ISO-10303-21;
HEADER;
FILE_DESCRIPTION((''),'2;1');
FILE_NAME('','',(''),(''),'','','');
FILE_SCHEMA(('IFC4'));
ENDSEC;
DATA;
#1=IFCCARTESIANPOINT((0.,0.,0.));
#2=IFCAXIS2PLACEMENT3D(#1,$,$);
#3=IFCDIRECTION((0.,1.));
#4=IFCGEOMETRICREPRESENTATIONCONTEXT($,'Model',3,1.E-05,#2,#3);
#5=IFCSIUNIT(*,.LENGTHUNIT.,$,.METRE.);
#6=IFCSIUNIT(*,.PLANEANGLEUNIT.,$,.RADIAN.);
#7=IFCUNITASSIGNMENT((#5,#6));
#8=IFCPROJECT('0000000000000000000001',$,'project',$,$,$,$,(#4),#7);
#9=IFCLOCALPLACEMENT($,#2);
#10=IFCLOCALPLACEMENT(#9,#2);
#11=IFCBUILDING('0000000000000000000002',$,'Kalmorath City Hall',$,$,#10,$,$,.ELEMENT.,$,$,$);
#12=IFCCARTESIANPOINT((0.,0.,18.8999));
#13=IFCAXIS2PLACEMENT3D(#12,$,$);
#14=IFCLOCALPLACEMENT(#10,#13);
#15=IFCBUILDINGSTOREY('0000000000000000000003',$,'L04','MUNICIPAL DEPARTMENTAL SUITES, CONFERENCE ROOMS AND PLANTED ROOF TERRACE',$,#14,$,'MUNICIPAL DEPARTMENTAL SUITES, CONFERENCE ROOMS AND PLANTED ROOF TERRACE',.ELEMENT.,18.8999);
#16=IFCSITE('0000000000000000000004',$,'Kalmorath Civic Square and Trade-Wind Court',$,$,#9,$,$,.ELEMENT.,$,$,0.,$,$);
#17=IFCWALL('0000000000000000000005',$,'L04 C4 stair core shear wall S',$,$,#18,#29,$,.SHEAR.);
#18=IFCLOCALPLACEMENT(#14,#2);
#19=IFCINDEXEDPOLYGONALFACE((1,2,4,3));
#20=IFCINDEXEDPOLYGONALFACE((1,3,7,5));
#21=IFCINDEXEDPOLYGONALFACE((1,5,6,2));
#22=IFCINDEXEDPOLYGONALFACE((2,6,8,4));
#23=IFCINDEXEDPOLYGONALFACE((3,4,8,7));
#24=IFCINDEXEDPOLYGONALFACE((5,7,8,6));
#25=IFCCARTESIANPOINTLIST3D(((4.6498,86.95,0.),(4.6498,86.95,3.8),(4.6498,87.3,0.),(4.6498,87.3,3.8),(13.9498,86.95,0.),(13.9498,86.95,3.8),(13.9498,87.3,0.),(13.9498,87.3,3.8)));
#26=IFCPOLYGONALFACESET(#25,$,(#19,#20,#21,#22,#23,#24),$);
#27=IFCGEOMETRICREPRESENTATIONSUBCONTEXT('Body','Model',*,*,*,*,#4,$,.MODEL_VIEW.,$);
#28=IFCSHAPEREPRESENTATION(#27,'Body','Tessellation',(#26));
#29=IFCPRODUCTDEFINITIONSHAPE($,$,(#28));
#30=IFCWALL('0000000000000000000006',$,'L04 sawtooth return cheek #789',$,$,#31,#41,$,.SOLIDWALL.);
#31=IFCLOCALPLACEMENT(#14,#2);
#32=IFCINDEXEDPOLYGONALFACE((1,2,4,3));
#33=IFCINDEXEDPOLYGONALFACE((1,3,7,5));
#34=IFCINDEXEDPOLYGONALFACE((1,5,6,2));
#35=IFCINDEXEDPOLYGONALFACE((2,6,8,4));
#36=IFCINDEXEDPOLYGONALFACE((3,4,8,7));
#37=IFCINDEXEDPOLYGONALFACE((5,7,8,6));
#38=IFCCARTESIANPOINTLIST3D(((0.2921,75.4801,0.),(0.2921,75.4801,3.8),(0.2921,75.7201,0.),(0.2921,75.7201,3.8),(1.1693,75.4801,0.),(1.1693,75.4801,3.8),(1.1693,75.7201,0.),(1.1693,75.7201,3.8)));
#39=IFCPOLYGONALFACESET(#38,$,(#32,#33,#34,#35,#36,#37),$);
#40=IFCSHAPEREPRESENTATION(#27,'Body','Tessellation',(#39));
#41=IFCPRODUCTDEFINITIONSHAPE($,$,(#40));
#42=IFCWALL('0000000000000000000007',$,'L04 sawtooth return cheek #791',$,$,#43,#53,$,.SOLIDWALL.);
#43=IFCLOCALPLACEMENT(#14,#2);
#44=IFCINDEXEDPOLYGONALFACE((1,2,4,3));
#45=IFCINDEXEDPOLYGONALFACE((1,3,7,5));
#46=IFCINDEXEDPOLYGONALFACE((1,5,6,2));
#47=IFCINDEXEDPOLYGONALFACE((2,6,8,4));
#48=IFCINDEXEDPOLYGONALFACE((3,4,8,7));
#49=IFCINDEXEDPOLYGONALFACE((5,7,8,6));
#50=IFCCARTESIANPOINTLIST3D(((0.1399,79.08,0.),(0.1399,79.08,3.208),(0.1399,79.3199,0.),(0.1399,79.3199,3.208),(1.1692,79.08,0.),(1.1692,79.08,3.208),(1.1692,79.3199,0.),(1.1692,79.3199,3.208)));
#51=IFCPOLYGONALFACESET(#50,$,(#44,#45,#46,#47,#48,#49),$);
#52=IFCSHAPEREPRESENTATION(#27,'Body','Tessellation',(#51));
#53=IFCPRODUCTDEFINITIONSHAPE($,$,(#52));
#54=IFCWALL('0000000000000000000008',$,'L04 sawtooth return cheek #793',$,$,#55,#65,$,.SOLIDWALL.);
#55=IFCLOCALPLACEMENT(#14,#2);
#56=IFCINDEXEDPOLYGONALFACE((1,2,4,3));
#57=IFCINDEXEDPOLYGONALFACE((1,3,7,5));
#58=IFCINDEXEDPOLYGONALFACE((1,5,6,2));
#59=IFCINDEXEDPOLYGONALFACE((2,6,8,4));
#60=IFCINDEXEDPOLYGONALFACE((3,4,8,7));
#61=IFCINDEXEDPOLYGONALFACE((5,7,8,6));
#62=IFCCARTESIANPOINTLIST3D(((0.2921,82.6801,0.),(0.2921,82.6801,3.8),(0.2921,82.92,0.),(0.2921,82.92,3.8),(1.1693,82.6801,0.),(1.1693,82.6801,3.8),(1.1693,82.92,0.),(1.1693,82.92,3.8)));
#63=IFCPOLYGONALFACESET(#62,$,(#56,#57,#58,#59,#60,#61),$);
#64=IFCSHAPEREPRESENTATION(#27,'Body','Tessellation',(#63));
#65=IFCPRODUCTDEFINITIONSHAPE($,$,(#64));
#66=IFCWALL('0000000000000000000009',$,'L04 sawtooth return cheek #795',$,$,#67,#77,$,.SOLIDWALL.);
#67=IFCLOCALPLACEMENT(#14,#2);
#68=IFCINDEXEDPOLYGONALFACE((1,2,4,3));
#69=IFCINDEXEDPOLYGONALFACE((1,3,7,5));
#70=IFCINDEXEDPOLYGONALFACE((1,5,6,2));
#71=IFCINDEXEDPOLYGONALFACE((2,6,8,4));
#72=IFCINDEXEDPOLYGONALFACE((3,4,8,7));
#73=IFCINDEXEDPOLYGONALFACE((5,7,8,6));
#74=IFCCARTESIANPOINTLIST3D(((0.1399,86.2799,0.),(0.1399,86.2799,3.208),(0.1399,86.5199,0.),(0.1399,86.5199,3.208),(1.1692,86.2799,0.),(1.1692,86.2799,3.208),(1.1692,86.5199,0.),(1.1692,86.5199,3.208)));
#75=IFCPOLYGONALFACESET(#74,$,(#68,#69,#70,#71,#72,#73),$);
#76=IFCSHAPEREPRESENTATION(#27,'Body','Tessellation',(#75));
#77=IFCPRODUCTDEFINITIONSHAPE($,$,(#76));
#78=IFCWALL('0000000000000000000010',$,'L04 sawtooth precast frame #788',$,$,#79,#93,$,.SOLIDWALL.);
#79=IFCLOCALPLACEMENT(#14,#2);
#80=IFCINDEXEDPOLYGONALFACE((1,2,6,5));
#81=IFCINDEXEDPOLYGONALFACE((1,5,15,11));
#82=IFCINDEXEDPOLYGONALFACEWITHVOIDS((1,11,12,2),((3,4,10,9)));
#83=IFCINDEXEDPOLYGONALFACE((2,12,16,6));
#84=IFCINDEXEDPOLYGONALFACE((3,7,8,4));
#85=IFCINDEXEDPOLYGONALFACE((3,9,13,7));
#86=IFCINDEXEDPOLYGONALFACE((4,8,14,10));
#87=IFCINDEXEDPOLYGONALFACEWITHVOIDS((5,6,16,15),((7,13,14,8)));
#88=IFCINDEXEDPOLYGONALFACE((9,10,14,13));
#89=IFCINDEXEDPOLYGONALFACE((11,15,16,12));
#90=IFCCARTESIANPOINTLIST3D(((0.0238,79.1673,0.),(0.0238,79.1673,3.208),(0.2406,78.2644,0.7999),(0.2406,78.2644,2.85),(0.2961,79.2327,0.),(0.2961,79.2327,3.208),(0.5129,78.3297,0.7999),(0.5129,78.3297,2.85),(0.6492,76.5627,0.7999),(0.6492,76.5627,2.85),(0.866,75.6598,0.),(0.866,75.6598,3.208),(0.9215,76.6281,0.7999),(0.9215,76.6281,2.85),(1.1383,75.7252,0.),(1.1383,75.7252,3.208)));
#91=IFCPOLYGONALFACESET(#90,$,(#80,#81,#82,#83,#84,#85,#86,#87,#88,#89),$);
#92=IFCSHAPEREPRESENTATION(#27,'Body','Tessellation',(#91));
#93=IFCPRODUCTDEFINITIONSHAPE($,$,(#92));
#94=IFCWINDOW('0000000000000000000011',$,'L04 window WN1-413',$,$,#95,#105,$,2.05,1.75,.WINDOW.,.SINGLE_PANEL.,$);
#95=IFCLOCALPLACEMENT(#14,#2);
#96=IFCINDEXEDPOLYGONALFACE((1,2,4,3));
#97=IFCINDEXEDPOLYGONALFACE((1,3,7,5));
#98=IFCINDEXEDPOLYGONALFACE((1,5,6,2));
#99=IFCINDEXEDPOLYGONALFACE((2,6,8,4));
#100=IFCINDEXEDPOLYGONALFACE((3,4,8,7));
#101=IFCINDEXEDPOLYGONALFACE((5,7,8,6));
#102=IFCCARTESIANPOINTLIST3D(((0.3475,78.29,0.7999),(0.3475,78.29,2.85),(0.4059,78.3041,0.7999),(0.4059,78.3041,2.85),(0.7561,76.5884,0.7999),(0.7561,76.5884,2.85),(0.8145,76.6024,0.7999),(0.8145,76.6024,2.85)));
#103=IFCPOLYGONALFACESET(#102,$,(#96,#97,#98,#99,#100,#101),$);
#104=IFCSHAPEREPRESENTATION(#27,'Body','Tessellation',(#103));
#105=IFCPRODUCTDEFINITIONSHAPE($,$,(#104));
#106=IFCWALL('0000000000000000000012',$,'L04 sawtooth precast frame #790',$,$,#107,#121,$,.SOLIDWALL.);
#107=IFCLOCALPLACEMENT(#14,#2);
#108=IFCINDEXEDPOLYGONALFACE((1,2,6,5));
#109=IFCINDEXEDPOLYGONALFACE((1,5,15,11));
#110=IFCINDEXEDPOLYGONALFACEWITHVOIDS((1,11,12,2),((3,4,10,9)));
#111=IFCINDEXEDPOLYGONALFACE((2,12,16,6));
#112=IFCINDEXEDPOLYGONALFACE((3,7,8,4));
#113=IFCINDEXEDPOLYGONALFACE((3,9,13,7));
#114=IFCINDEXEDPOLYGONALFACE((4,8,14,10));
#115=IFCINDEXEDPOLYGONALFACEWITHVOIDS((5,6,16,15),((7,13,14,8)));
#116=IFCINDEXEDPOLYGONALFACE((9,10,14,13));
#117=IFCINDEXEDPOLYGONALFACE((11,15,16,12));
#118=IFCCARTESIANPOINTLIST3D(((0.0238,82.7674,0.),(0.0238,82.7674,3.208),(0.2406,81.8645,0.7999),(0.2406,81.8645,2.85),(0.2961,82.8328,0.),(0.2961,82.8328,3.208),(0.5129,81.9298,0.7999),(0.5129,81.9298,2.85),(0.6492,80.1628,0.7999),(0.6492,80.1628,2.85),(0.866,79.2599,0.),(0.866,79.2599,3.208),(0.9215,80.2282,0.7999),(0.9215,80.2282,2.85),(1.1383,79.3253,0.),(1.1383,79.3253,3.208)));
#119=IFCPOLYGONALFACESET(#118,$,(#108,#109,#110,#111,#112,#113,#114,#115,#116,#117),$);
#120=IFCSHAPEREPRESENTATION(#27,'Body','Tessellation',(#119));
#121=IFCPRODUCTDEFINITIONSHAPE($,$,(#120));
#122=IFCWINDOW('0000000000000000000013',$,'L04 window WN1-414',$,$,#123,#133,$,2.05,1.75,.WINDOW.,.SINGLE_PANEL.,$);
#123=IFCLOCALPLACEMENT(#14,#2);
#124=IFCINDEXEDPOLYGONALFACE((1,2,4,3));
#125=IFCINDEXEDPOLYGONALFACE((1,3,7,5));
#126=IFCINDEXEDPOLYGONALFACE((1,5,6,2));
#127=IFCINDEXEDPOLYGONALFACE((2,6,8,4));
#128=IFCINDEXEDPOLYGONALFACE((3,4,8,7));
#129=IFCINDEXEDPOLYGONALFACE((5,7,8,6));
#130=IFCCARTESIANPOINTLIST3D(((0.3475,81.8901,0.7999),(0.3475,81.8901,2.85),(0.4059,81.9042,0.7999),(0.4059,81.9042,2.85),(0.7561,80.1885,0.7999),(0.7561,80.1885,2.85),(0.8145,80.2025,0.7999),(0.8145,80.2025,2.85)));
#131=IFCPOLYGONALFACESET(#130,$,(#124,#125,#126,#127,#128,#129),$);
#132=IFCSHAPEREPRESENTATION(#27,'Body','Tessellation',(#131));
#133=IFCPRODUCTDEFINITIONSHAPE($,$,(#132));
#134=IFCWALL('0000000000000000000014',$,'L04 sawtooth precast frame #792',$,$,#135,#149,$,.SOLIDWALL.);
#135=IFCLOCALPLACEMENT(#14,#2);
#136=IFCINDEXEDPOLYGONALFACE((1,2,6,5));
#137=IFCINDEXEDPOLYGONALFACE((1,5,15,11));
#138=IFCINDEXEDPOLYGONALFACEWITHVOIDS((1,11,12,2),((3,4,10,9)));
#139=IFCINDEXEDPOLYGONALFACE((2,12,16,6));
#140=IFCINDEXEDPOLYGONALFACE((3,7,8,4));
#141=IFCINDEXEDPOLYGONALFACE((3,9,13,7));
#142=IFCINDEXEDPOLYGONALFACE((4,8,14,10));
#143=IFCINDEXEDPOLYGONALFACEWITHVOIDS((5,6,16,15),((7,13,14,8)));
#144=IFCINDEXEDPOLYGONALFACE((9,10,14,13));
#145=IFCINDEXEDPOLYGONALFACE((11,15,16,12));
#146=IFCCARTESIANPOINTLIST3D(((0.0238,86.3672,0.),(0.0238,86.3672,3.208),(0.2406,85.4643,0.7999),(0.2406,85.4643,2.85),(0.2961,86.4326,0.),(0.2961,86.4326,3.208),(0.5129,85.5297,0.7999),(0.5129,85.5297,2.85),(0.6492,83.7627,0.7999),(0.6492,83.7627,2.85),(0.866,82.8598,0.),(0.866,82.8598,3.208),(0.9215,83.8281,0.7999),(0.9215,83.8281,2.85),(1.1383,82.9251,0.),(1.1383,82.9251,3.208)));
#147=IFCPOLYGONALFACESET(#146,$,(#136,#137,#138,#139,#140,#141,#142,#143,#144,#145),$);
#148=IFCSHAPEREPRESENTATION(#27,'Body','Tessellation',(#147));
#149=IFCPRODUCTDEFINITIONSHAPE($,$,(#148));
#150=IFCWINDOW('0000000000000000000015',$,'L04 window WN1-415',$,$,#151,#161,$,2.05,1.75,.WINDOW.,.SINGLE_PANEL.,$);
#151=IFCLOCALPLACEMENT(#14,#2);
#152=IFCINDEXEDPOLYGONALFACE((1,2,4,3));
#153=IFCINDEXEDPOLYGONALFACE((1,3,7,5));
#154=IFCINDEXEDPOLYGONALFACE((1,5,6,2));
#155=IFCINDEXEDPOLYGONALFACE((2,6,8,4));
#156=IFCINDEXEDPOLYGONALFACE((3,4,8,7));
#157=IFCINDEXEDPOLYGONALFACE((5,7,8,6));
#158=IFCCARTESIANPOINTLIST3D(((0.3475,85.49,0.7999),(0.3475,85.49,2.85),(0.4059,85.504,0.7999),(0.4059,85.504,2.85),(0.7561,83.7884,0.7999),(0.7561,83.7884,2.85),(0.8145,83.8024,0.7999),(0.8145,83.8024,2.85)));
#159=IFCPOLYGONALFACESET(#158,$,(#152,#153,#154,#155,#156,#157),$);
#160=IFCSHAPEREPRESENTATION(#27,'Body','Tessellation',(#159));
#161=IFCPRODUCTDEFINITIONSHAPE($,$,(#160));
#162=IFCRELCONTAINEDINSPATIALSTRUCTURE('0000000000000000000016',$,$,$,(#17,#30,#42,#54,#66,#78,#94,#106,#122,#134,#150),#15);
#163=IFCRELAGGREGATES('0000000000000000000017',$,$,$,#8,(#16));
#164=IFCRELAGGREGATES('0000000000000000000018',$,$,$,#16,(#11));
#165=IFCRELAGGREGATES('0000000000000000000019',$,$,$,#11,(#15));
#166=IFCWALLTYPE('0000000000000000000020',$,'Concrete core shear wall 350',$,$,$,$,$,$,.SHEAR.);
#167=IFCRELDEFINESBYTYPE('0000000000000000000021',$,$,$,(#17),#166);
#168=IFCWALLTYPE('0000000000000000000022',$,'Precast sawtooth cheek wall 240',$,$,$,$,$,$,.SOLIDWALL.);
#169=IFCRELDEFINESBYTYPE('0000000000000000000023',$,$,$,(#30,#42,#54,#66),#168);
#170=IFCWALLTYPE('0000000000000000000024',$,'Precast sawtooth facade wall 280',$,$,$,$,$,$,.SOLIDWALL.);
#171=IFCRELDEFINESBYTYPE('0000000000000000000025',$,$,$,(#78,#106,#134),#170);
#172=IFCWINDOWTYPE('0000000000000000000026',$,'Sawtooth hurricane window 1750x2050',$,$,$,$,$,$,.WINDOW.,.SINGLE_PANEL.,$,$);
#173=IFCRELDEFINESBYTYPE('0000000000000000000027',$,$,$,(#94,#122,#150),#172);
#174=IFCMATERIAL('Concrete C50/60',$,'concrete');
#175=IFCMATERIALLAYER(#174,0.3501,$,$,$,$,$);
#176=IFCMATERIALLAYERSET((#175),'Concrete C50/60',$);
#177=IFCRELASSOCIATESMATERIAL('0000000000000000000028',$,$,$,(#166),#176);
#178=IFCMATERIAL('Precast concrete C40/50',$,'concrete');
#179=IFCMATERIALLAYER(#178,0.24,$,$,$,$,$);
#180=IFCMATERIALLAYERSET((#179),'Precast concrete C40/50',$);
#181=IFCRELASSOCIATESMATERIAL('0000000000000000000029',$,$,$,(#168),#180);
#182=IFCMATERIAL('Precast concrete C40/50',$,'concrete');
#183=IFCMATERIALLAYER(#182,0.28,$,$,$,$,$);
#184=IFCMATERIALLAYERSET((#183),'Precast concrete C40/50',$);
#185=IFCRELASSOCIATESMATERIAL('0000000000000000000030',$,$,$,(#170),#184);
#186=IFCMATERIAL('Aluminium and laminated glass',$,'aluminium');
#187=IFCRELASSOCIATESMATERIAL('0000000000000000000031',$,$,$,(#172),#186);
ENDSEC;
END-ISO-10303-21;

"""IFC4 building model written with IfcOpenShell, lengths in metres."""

from ifc_helpers import new_model, si_unit, direction, frame, frame_2d, origin, place, context, subcontext, project, spatial, rectangle, extrude, material, layer, layer_set, type_object, element, fill, save


model = new_model("IFC4")

# Units and contexts
model_context = context("Model", 3, precision=1e-05, world=origin(), true_north=direction((0.0, 1.0)))
body_context = subcontext(model_context, "Body", "Model", "MODEL_VIEW")
ifc_project = project(units=[si_unit("LENGTHUNIT", "METRE"), si_unit("PLANEANGLEUNIT", "RADIAN")], contexts=[model_context])

# Site, building, storey
site_placement = place(None, origin())
site = spatial("IfcSite", under=ifc_project, at=site_placement, Name="Kalmorath Civic Square and Trade-Wind Court", CompositionType="ELEMENT", RefElevation=0.0)
building_placement = place(site_placement, origin())
building = spatial("IfcBuilding", under=site, at=building_placement, Name="Kalmorath City Hall", CompositionType="ELEMENT")
storey_placement = place(building_placement, frame((0.0, 0.0, 18.8999)))
storey = spatial("IfcBuildingStorey", under=building, at=storey_placement, Name="L04", Description="MUNICIPAL DEPARTMENTAL SUITES, CONFERENCE ROOMS AND PLANTED ROOF TERRACE", LongName="MUNICIPAL DEPARTMENTAL SUITES, CONFERENCE ROOMS AND PLANTED ROOF TERRACE", CompositionType="ELEMENT", Elevation=18.8999)

# Walls
ifc_material_1 = material(Name="Concrete C50/60", Category="concrete")
ifc_layer_1 = layer(ifc_material_1, 0.3501)
ifc_layer_set_1 = layer_set([ifc_layer_1], Name="Concrete C50/60")
wall_type_1 = type_object("IfcWallType", Name="Concrete core shear wall 350", PredefinedType="SHEAR", material=ifc_layer_set_1)
wall_1_placement = place(storey_placement, frame((4.6499, 87.125, 0.0), z_axis=(0.0, 0.0, 1.0), x_axis=(1.0, 0.0, 0.0)))
element("IfcWall", 1, at=wall_1_placement, inside=storey, type_object=wall_type_1, Name="L04 C4 stair core shear wall S", PredefinedType="SHEAR", context=body_context, shape_type="SweptSolid", body=[
    extrude(rectangle(XDim=9.3, YDim=0.3501, at=frame_2d((4.6499, 0.0))), origin(), (0.0, 0.0, 1.0), 3.8),
])
ifc_material_2 = material(Name="Precast concrete C40/50", Category="concrete")
ifc_layer_2 = layer(ifc_material_2, 0.24)
ifc_layer_set_2 = layer_set([ifc_layer_2], Name="Precast concrete C40/50")
wall_type_2 = type_object("IfcWallType", Name="Precast sawtooth cheek wall 240", PredefinedType="SOLIDWALL", material=ifc_layer_set_2)
wall_2_placement = place(storey_placement, frame((1.1692, 75.6001, 0.0), z_axis=(0.0, 0.0, 1.0), x_axis=(-1.0, 0.0, 0.0)))
element("IfcWall", 2, at=wall_2_placement, inside=storey, type_object=wall_type_2, Name="L04 sawtooth return cheek #789", PredefinedType="SOLIDWALL", context=body_context, shape_type="SweptSolid", body=[
    extrude(rectangle(XDim=0.8772, YDim=0.24, at=frame_2d((0.4385, 0.0))), origin(), (0.0, 0.0, 1.0), 3.8),
])
wall_3_placement = place(storey_placement, frame((1.1692, 79.2, 0.0), z_axis=(0.0, 0.0, 1.0), x_axis=(-1.0, 0.0, 0.0)))
element("IfcWall", 3, at=wall_3_placement, inside=storey, type_object=wall_type_2, Name="L04 sawtooth return cheek #791", PredefinedType="SOLIDWALL", context=body_context, shape_type="SweptSolid", body=[
    extrude(rectangle(XDim=1.0293, YDim=0.24, at=frame_2d((0.5146, 0.0))), origin(), (0.0, 0.0, 1.0), 3.208),
])
wall_4_placement = place(storey_placement, frame((1.1692, 82.8, 0.0), z_axis=(0.0, 0.0, 1.0), x_axis=(-1.0, 0.0, 0.0)))
element("IfcWall", 4, at=wall_4_placement, inside=storey, type_object=wall_type_2, Name="L04 sawtooth return cheek #793", PredefinedType="SOLIDWALL", context=body_context, shape_type="SweptSolid", body=[
    extrude(rectangle(XDim=0.8772, YDim=0.24, at=frame_2d((0.4385, 0.0))), origin(), (0.0, 0.0, 1.0), 3.8),
])
wall_5_placement = place(storey_placement, frame((1.1692, 86.3999, 0.0), z_axis=(0.0, 0.0, 1.0), x_axis=(-1.0, 0.0, 0.0)))
element("IfcWall", 5, at=wall_5_placement, inside=storey, type_object=wall_type_2, Name="L04 sawtooth return cheek #795", PredefinedType="SOLIDWALL", context=body_context, shape_type="SweptSolid", body=[
    extrude(rectangle(XDim=1.0293, YDim=0.24, at=frame_2d((0.5146, 0.0))), origin(), (0.0, 0.0, 1.0), 3.208),
])

# Walls, openings, windows
ifc_material_3 = material(Name="Precast concrete C40/50", Category="concrete")
ifc_layer_3 = layer(ifc_material_3, 0.28)
ifc_layer_set_3 = layer_set([ifc_layer_3], Name="Precast concrete C40/50")
wall_type_3 = type_object("IfcWallType", Name="Precast sawtooth facade wall 280", PredefinedType="SOLIDWALL", material=ifc_layer_set_3)
wall_6_placement = place(storey_placement, frame((1.0022, 75.6924, 0.0), z_axis=(0.0, 0.0, 1.0), x_axis=(-0.233496, 0.972358, 0.0)))
wall_6 = element("IfcWall", 6, at=wall_6_placement, inside=storey, type_object=wall_type_3, Name="L04 sawtooth precast frame #788", PredefinedType="SOLIDWALL", context=body_context, shape_type="SweptSolid", body=[
    extrude(rectangle(XDim=3.6072, YDim=0.28, at=frame_2d((1.8037, 0.0))), origin(), (0.0, 0.0, 1.0), 3.208),
])
opening_1_placement = place(wall_6_placement, frame((0.9287, 0.0, 0.8)))
opening_1 = element("IfcOpeningElement", 7, at=opening_1_placement, cuts=wall_6, PredefinedType="OPENING", context=body_context, shape_type="SweptSolid", body=[
    extrude(rectangle(XDim=1.75, YDim=2.05, at=frame_2d((0.875, 1.0249))), frame((0.0, 0.1499, 0.0), z_axis=(0.0, -1.0, 0.0), x_axis=(1.0, 0.0, 0.0)), (0.0, 0.0, 1.0), 0.3),
])
ifc_material_4 = material(Name="Aluminium and laminated glass", Category="aluminium")
window_type = type_object("IfcWindowType", Name="Sawtooth hurricane window 1750x2050", PartitioningType="SINGLE_PANEL", PredefinedType="WINDOW", material=ifc_material_4)
window_1_placement = place(opening_1_placement, origin())
window_1 = element("IfcWindow", 8, at=window_1_placement, inside=storey, type_object=window_type, Name="L04 window WN1-413", OverallHeight=2.05, OverallWidth=1.75, PartitioningType="SINGLE_PANEL", PredefinedType="WINDOW", context=body_context, shape_type="SweptSolid", body=[
    extrude(rectangle(XDim=1.75, YDim=2.05, at=frame_2d((0.875, 1.0249))), frame((0.0, 0.03, 0.0), z_axis=(0.0, -1.0, 0.0), x_axis=(1.0, 0.0, 0.0)), (0.0, 0.0, 1.0), 0.0601),
])
fill(opening_1, window_1)
wall_7_placement = place(storey_placement, frame((1.0022, 79.2925, 0.0), z_axis=(0.0, 0.0, 1.0), x_axis=(-0.233496, 0.972358, 0.0)))
wall_7 = element("IfcWall", 9, at=wall_7_placement, inside=storey, type_object=wall_type_3, Name="L04 sawtooth precast frame #790", PredefinedType="SOLIDWALL", context=body_context, shape_type="SweptSolid", body=[
    extrude(rectangle(XDim=3.6072, YDim=0.28, at=frame_2d((1.8037, 0.0))), origin(), (0.0, 0.0, 1.0), 3.208),
])
opening_2_placement = place(wall_7_placement, frame((0.9287, 0.0, 0.8)))
opening_2 = element("IfcOpeningElement", 10, at=opening_2_placement, cuts=wall_7, PredefinedType="OPENING", context=body_context, shape_type="SweptSolid", body=[
    extrude(rectangle(XDim=1.75, YDim=2.05, at=frame_2d((0.875, 1.0249))), frame((0.0, 0.1499, 0.0), z_axis=(0.0, -1.0, 0.0), x_axis=(1.0, 0.0, 0.0)), (0.0, 0.0, 1.0), 0.3),
])
window_2_placement = place(opening_2_placement, origin())
window_2 = element("IfcWindow", 11, at=window_2_placement, inside=storey, type_object=window_type, Name="L04 window WN1-414", OverallHeight=2.05, OverallWidth=1.75, PartitioningType="SINGLE_PANEL", PredefinedType="WINDOW", context=body_context, shape_type="SweptSolid", body=[
    extrude(rectangle(XDim=1.75, YDim=2.05, at=frame_2d((0.875, 1.0249))), frame((0.0, 0.03, 0.0), z_axis=(0.0, -1.0, 0.0), x_axis=(1.0, 0.0, 0.0)), (0.0, 0.0, 1.0), 0.0601),
])
fill(opening_2, window_2)
wall_8_placement = place(storey_placement, frame((1.0022, 82.8923, 0.0), z_axis=(0.0, 0.0, 1.0), x_axis=(-0.233496, 0.972358, 0.0)))
wall_8 = element("IfcWall", 12, at=wall_8_placement, inside=storey, type_object=wall_type_3, Name="L04 sawtooth precast frame #792", PredefinedType="SOLIDWALL", context=body_context, shape_type="SweptSolid", body=[
    extrude(rectangle(XDim=3.6072, YDim=0.28, at=frame_2d((1.8037, 0.0))), origin(), (0.0, 0.0, 1.0), 3.208),
])
opening_3_placement = place(wall_8_placement, frame((0.9287, 0.0, 0.8)))
opening_3 = element("IfcOpeningElement", 13, at=opening_3_placement, cuts=wall_8, PredefinedType="OPENING", context=body_context, shape_type="SweptSolid", body=[
    extrude(rectangle(XDim=1.75, YDim=2.05, at=frame_2d((0.875, 1.0249))), frame((0.0, 0.1499, 0.0), z_axis=(0.0, -1.0, 0.0), x_axis=(1.0, 0.0, 0.0)), (0.0, 0.0, 1.0), 0.3),
])
window_3_placement = place(opening_3_placement, origin())
window_3 = element("IfcWindow", 14, at=window_3_placement, inside=storey, type_object=window_type, Name="L04 window WN1-415", OverallHeight=2.05, OverallWidth=1.75, PartitioningType="SINGLE_PANEL", PredefinedType="WINDOW", context=body_context, shape_type="SweptSolid", body=[
    extrude(rectangle(XDim=1.75, YDim=2.05, at=frame_2d((0.875, 1.0249))), frame((0.0, 0.03, 0.0), z_axis=(0.0, -1.0, 0.0), x_axis=(1.0, 0.0, 0.0)), (0.0, 0.0, 1.0), 0.0601),
])
fill(opening_3, window_3)

save(model, "model.ifc")
